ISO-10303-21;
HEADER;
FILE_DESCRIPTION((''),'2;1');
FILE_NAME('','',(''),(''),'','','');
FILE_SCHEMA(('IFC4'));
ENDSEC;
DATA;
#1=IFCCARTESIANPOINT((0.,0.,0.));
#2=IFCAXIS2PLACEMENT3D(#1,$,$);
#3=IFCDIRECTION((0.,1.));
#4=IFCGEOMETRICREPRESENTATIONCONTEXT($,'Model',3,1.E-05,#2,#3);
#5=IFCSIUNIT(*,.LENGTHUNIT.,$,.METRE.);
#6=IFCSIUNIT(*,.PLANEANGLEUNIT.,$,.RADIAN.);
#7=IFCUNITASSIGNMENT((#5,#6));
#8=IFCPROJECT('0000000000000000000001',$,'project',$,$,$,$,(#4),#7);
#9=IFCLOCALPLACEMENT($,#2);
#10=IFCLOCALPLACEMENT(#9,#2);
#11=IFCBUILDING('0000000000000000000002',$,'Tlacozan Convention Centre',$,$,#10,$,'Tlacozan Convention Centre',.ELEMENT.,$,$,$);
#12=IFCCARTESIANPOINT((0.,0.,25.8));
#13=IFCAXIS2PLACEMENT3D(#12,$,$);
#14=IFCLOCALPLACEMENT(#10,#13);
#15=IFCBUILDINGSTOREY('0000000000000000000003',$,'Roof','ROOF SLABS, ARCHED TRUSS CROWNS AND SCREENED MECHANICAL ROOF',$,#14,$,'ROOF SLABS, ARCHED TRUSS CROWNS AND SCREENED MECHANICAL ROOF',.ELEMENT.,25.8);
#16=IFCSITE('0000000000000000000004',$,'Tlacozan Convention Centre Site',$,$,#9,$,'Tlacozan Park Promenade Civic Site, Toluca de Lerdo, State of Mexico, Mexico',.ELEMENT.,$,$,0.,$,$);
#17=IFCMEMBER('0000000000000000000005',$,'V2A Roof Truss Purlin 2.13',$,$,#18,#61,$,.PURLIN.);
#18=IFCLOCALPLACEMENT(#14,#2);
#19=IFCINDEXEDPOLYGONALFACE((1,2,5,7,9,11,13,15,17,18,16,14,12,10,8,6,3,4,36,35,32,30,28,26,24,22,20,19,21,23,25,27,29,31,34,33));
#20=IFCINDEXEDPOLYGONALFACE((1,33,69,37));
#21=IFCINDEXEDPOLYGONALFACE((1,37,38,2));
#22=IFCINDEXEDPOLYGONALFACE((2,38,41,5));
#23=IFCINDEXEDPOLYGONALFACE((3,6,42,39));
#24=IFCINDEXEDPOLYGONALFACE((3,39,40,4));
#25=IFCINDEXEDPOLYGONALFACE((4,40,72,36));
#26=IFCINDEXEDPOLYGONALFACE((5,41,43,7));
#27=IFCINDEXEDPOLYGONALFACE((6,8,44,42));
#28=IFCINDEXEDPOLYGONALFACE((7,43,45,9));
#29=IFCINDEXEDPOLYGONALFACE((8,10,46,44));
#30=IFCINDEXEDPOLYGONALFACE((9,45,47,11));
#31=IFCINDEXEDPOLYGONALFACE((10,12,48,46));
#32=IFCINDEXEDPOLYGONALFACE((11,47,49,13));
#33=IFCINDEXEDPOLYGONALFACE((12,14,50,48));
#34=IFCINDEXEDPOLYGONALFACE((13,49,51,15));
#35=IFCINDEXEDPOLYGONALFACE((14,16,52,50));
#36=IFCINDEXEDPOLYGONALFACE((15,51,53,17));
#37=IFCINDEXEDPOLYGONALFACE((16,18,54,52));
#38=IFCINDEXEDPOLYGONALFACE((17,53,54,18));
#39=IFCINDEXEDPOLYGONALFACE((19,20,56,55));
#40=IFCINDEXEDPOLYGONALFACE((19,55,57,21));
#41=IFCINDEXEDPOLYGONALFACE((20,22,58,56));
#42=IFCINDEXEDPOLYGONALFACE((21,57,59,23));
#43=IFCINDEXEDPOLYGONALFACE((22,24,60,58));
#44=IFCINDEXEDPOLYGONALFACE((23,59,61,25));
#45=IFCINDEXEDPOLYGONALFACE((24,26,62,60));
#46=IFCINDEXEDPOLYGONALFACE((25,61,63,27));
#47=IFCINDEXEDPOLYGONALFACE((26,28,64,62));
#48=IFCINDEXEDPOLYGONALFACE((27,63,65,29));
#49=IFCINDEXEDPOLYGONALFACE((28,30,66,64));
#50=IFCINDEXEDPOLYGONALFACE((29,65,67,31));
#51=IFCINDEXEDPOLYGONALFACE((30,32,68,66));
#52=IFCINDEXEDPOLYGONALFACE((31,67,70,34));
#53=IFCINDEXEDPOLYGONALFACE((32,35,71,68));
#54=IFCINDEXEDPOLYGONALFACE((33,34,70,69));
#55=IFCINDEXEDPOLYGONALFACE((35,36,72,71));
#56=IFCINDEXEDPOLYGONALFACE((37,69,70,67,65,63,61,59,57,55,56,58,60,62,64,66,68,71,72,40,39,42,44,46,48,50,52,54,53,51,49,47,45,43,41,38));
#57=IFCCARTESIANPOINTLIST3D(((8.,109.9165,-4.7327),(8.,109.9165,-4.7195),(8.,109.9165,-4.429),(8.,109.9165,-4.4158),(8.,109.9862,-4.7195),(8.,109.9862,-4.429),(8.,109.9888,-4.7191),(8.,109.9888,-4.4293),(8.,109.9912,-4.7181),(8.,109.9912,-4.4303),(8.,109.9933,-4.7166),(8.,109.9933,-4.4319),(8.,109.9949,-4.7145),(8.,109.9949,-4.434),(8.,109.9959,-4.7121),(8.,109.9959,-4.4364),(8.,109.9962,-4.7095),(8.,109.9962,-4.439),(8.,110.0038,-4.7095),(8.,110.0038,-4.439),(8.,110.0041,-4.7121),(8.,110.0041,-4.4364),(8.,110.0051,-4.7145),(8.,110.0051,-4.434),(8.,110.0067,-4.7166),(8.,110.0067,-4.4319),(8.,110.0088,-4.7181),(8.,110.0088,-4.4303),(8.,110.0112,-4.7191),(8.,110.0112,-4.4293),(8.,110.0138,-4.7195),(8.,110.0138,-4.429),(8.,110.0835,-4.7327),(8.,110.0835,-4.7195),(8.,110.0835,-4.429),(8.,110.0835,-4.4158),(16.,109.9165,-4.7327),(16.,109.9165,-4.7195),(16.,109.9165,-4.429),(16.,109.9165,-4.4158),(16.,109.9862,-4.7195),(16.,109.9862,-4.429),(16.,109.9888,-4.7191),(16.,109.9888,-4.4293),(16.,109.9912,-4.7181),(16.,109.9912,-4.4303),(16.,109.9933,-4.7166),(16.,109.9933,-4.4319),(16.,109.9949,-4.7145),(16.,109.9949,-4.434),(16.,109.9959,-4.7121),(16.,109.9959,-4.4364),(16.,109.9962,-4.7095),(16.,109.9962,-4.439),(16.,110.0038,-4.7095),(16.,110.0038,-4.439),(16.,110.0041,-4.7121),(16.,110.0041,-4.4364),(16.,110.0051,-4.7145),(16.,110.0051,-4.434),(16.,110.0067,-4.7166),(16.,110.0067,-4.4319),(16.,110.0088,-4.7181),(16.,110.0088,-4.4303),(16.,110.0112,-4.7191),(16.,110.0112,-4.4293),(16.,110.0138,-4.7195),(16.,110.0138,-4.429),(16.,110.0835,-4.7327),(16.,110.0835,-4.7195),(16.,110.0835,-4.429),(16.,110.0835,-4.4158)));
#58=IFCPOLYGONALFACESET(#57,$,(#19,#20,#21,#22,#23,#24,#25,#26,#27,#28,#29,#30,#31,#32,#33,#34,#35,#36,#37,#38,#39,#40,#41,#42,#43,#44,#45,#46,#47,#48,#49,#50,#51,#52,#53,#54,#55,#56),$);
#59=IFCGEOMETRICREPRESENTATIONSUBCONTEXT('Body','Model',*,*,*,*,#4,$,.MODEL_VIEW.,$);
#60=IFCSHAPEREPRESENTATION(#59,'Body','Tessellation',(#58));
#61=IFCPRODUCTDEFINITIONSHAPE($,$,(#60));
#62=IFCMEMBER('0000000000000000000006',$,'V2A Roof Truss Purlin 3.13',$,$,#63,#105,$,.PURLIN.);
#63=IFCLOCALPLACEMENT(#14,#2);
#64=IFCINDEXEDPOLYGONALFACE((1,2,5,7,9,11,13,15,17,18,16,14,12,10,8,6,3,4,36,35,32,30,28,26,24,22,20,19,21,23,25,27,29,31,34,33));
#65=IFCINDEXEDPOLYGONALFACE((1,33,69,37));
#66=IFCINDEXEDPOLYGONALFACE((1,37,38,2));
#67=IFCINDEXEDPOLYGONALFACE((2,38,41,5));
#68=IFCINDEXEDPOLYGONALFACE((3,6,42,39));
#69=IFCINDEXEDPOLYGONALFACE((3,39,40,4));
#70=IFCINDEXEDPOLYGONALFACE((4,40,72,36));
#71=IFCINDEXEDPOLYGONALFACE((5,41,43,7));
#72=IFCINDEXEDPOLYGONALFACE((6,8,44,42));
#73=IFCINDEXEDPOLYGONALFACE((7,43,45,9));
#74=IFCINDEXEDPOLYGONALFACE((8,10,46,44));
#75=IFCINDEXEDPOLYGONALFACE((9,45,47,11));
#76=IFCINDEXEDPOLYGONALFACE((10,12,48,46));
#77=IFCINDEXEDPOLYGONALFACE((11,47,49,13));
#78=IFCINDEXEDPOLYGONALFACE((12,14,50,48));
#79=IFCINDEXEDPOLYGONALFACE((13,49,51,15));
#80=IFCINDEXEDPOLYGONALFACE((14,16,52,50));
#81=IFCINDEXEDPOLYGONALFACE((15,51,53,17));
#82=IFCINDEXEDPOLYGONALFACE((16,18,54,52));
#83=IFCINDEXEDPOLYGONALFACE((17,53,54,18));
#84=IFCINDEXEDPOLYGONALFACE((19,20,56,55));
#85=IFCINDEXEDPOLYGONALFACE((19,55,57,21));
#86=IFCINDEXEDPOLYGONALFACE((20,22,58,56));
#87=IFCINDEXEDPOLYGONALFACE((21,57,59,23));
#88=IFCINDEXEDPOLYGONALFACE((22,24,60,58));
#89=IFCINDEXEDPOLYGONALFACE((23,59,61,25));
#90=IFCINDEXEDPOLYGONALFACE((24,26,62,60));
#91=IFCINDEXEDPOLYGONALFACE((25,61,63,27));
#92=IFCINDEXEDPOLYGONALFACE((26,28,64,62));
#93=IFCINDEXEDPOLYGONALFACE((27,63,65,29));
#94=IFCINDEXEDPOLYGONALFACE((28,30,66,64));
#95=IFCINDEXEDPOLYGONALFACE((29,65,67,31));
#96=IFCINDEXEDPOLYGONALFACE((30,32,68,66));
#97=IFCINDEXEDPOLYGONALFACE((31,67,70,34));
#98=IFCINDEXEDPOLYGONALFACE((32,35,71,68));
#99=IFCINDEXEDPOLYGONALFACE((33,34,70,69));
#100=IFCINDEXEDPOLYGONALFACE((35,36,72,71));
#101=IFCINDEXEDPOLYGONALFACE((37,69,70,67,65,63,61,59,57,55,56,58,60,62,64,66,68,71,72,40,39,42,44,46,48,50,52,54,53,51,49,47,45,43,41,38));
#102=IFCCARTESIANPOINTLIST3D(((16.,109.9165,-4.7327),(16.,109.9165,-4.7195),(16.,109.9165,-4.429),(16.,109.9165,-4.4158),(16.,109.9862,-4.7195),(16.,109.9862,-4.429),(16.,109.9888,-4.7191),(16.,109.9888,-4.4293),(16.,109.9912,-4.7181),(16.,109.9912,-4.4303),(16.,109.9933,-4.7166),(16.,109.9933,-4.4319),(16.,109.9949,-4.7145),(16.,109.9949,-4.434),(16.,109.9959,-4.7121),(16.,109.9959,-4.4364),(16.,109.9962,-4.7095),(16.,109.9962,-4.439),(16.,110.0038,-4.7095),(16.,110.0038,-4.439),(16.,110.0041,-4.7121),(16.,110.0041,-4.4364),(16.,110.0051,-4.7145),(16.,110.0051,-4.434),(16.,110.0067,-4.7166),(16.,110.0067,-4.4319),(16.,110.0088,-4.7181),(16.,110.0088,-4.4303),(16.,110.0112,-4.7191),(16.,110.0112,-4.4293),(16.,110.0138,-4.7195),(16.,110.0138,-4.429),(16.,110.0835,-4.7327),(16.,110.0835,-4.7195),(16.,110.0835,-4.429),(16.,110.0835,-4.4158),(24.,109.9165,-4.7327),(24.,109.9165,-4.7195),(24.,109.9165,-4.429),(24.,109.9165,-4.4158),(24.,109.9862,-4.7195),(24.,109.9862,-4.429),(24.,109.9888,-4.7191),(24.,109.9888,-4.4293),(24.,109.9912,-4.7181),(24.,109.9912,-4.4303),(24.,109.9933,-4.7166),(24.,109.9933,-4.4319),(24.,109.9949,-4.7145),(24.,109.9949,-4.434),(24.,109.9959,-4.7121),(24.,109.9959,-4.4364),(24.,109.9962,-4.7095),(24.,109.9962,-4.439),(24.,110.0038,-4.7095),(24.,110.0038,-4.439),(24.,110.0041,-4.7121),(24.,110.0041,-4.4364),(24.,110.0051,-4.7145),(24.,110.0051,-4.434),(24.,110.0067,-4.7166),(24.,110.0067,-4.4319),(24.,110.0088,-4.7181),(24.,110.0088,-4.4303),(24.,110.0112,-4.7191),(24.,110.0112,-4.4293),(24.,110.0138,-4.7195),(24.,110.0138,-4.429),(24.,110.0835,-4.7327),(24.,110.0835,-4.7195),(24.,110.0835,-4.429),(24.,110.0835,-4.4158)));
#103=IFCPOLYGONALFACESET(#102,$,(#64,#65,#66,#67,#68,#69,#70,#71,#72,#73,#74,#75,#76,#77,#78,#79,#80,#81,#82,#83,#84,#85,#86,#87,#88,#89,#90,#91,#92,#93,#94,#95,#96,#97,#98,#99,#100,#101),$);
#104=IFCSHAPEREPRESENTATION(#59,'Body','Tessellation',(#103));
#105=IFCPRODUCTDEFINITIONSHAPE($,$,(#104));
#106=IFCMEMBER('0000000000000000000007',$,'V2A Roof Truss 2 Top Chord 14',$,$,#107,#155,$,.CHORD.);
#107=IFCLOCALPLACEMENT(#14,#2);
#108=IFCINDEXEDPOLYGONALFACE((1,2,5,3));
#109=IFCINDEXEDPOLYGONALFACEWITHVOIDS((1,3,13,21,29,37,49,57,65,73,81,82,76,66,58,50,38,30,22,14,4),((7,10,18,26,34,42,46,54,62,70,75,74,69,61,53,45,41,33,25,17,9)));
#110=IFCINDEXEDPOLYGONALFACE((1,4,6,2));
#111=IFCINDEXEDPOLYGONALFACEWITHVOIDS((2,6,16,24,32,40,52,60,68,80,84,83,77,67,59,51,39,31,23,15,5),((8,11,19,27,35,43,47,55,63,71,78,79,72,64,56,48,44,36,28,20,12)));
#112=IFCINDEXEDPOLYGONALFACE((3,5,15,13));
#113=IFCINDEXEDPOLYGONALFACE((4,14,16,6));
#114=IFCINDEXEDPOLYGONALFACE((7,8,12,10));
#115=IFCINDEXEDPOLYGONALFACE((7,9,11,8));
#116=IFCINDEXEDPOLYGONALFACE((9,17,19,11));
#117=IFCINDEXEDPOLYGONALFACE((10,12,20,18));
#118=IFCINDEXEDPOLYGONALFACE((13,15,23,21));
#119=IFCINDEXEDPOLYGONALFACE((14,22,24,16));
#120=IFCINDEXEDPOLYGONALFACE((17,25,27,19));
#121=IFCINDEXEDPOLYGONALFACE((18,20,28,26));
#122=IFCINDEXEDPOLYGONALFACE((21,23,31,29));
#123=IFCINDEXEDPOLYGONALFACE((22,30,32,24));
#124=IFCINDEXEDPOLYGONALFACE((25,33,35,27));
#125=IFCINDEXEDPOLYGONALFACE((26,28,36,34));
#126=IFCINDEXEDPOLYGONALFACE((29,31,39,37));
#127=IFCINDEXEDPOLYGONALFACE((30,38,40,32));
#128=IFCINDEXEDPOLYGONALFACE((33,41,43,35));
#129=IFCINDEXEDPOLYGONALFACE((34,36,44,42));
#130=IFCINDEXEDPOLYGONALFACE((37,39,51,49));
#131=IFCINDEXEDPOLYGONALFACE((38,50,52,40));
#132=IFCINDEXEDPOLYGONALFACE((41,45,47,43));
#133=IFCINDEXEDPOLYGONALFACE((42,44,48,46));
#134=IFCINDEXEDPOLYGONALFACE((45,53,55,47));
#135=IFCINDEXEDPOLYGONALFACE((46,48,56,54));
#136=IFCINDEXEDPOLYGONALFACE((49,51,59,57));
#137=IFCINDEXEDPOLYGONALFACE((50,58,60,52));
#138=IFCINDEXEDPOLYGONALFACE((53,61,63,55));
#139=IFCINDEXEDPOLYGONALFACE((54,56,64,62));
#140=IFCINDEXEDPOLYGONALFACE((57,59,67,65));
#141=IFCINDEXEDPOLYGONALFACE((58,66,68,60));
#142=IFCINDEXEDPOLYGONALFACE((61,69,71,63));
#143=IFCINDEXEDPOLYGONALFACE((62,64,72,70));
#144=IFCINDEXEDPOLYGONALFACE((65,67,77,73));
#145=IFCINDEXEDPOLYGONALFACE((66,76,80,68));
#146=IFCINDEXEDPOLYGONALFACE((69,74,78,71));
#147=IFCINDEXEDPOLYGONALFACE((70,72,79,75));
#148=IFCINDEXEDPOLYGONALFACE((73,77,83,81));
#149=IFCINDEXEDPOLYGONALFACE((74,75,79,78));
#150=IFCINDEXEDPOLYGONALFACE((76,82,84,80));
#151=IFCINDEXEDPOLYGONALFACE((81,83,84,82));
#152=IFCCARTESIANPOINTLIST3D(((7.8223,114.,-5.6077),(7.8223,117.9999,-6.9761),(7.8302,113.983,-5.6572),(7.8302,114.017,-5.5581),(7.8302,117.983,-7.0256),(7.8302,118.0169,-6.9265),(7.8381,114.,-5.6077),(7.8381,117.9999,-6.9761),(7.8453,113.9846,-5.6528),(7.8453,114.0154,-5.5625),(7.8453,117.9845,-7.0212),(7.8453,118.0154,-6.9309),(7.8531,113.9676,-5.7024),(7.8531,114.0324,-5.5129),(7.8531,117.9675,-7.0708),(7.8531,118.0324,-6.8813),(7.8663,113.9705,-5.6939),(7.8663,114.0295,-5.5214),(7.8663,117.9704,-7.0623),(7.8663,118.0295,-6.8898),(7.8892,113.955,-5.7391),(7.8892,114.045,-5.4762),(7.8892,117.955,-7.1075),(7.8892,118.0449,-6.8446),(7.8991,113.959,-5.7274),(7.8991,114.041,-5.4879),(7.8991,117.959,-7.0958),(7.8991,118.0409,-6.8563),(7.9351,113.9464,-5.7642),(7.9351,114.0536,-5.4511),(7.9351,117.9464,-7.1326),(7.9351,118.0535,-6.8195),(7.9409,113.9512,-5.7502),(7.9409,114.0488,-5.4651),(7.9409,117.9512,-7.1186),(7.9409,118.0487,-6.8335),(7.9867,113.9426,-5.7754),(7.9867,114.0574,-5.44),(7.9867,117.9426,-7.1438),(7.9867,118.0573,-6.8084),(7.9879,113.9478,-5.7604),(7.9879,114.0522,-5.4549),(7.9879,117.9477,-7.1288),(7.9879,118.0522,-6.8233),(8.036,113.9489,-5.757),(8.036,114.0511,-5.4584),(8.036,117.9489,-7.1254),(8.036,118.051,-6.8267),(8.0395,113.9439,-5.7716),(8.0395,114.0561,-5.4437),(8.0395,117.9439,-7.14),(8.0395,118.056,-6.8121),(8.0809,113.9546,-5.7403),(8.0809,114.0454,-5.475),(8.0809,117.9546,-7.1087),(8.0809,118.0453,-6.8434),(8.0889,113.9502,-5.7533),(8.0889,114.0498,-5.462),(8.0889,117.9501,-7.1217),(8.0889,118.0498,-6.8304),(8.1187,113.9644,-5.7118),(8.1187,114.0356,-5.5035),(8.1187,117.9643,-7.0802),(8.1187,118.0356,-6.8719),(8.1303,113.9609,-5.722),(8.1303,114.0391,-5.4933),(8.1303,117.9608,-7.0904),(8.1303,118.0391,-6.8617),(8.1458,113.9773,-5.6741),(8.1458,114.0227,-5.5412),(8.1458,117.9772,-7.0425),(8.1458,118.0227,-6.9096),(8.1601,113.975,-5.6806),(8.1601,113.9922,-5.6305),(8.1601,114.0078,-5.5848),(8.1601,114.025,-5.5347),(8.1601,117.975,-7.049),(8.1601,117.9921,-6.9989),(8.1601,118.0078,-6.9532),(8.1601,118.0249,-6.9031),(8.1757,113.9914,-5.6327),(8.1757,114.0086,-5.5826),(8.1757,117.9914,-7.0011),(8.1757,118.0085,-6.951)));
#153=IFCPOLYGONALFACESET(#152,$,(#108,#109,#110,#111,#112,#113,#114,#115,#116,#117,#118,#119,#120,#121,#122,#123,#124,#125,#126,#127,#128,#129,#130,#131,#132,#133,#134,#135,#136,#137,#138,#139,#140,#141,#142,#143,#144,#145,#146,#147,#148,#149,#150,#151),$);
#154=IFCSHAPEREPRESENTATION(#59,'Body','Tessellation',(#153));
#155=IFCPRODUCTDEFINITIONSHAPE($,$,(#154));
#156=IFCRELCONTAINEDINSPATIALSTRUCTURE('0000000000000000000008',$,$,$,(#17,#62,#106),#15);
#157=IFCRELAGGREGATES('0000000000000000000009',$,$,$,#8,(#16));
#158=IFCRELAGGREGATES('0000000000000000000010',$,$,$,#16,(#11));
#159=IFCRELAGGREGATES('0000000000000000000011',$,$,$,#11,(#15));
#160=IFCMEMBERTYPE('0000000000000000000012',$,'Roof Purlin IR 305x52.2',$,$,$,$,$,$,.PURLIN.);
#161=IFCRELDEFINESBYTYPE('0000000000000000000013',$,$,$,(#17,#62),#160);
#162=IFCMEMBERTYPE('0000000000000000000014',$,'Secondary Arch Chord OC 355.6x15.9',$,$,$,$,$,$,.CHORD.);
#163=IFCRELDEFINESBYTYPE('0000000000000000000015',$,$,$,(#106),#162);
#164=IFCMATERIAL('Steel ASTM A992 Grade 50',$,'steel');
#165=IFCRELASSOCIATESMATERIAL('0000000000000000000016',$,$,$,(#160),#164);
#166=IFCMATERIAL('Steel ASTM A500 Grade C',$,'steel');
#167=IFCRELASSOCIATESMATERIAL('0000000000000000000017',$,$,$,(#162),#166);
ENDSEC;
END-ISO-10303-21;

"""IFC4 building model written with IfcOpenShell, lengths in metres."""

from ifc_helpers import new_model, si_unit, direction, frame, origin, origin_2d, place, context, subcontext, project, spatial, hollow_circle, i_section, extrude, material, material_profile, profile_set, type_object, element, save


model = new_model("IFC4")

# Units and contexts
model_context = context("Model", 3, precision=1e-05, world=origin(), true_north=direction((0.0, 1.0)))
body_context = subcontext(model_context, "Body", "Model", "MODEL_VIEW")
ifc_project = project(units=[si_unit("LENGTHUNIT", "METRE"), si_unit("PLANEANGLEUNIT", "RADIAN")], contexts=[model_context])

# Site, building, storey
site_placement = place(None, origin())
site = spatial("IfcSite", under=ifc_project, at=site_placement, Name="Tlacozan Convention Centre Site", LongName="Tlacozan Park Promenade Civic Site, Toluca de Lerdo, State of Mexico, Mexico", CompositionType="ELEMENT", RefElevation=0.0)
building_placement = place(site_placement, origin())
building = spatial("IfcBuilding", under=site, at=building_placement, Name="Tlacozan Convention Centre", LongName="Tlacozan Convention Centre", CompositionType="ELEMENT")
storey_placement = place(building_placement, frame((0.0, 0.0, 25.8)))
storey = spatial("IfcBuildingStorey", under=building, at=storey_placement, Name="Roof", Description="ROOF SLABS, ARCHED TRUSS CROWNS AND SCREENED MECHANICAL ROOF", LongName="ROOF SLABS, ARCHED TRUSS CROWNS AND SCREENED MECHANICAL ROOF", CompositionType="ELEMENT", Elevation=25.8)

# Members
ifc_material_1 = material(Name="Steel ASTM A500 Grade C", Category="steel")
ifc_material_2 = material(Name="Steel ASTM A992 Grade 50", Category="steel")
ifc_material_profile_1 = material_profile(ifc_material_2, i_section(OverallWidth=0.167, OverallDepth=0.3169, WebThickness=0.0076, FlangeThickness=0.0132, FilletRadius=0.01, at=origin_2d()), Name="IR 305x52.2")
ifc_profile_set_1 = profile_set([ifc_material_profile_1], Name="Steel ASTM A992 Grade 50")
member_type_1 = type_object("IfcMemberType", Name="Roof Purlin IR 305x52.2", PredefinedType="PURLIN", material=ifc_profile_set_1)
for number, where, z_axis, x_axis, name in (
    (1, (8.0, 110.0, -4.5742), (1.0, 0.0, 0.0), (0.0, 1.0, 0.0), "V2A Roof Truss Purlin 2.13"),
    (2, (16.0, 110.0, -4.5742), (1.0, 0.0, 0.0), (0.0, 1.0, 0.0), "V2A Roof Truss Purlin 3.13"),
):
    element("IfcMember", number, at=place(storey_placement, frame(where, z_axis=z_axis, x_axis=x_axis)), inside=storey, type_object=member_type_1, Name=name, PredefinedType="PURLIN", context=body_context, shape_type="SweptSolid", body=[
        extrude(i_section(OverallWidth=0.167, OverallDepth=0.3169, WebThickness=0.0076, FlangeThickness=0.0132, FilletRadius=0.01, at=origin_2d()), origin(), (0.0, 0.0, 1.0), 8.0),
    ])
ifc_material_profile_2 = material_profile(ifc_material_1, hollow_circle(Radius=0.1777, WallThickness=0.0159, at=origin_2d()), Name="OC 355.6x15.9")
ifc_profile_set_2 = profile_set([ifc_material_profile_2], Name="Steel ASTM A500 Grade C")
member_type_2 = type_object("IfcMemberType", Name="Secondary Arch Chord OC 355.6x15.9", PredefinedType="CHORD", material=ifc_profile_set_2)
member_1_placement = place(storey_placement, frame((8.0, 114.0, -5.6077), z_axis=(0.0, 0.946165, -0.323685), x_axis=(-1.0, 0.0, 0.0)))
element("IfcMember", 3, at=member_1_placement, inside=storey, type_object=member_type_2, Name="V2A Roof Truss 2 Top Chord 14", PredefinedType="CHORD", context=body_context, shape_type="SweptSolid", body=[
    extrude(hollow_circle(Radius=0.1777, WallThickness=0.0159, at=origin_2d()), origin(), (0.0, 0.0, 1.0), 4.2275),
])

save(model, "model.ifc")
